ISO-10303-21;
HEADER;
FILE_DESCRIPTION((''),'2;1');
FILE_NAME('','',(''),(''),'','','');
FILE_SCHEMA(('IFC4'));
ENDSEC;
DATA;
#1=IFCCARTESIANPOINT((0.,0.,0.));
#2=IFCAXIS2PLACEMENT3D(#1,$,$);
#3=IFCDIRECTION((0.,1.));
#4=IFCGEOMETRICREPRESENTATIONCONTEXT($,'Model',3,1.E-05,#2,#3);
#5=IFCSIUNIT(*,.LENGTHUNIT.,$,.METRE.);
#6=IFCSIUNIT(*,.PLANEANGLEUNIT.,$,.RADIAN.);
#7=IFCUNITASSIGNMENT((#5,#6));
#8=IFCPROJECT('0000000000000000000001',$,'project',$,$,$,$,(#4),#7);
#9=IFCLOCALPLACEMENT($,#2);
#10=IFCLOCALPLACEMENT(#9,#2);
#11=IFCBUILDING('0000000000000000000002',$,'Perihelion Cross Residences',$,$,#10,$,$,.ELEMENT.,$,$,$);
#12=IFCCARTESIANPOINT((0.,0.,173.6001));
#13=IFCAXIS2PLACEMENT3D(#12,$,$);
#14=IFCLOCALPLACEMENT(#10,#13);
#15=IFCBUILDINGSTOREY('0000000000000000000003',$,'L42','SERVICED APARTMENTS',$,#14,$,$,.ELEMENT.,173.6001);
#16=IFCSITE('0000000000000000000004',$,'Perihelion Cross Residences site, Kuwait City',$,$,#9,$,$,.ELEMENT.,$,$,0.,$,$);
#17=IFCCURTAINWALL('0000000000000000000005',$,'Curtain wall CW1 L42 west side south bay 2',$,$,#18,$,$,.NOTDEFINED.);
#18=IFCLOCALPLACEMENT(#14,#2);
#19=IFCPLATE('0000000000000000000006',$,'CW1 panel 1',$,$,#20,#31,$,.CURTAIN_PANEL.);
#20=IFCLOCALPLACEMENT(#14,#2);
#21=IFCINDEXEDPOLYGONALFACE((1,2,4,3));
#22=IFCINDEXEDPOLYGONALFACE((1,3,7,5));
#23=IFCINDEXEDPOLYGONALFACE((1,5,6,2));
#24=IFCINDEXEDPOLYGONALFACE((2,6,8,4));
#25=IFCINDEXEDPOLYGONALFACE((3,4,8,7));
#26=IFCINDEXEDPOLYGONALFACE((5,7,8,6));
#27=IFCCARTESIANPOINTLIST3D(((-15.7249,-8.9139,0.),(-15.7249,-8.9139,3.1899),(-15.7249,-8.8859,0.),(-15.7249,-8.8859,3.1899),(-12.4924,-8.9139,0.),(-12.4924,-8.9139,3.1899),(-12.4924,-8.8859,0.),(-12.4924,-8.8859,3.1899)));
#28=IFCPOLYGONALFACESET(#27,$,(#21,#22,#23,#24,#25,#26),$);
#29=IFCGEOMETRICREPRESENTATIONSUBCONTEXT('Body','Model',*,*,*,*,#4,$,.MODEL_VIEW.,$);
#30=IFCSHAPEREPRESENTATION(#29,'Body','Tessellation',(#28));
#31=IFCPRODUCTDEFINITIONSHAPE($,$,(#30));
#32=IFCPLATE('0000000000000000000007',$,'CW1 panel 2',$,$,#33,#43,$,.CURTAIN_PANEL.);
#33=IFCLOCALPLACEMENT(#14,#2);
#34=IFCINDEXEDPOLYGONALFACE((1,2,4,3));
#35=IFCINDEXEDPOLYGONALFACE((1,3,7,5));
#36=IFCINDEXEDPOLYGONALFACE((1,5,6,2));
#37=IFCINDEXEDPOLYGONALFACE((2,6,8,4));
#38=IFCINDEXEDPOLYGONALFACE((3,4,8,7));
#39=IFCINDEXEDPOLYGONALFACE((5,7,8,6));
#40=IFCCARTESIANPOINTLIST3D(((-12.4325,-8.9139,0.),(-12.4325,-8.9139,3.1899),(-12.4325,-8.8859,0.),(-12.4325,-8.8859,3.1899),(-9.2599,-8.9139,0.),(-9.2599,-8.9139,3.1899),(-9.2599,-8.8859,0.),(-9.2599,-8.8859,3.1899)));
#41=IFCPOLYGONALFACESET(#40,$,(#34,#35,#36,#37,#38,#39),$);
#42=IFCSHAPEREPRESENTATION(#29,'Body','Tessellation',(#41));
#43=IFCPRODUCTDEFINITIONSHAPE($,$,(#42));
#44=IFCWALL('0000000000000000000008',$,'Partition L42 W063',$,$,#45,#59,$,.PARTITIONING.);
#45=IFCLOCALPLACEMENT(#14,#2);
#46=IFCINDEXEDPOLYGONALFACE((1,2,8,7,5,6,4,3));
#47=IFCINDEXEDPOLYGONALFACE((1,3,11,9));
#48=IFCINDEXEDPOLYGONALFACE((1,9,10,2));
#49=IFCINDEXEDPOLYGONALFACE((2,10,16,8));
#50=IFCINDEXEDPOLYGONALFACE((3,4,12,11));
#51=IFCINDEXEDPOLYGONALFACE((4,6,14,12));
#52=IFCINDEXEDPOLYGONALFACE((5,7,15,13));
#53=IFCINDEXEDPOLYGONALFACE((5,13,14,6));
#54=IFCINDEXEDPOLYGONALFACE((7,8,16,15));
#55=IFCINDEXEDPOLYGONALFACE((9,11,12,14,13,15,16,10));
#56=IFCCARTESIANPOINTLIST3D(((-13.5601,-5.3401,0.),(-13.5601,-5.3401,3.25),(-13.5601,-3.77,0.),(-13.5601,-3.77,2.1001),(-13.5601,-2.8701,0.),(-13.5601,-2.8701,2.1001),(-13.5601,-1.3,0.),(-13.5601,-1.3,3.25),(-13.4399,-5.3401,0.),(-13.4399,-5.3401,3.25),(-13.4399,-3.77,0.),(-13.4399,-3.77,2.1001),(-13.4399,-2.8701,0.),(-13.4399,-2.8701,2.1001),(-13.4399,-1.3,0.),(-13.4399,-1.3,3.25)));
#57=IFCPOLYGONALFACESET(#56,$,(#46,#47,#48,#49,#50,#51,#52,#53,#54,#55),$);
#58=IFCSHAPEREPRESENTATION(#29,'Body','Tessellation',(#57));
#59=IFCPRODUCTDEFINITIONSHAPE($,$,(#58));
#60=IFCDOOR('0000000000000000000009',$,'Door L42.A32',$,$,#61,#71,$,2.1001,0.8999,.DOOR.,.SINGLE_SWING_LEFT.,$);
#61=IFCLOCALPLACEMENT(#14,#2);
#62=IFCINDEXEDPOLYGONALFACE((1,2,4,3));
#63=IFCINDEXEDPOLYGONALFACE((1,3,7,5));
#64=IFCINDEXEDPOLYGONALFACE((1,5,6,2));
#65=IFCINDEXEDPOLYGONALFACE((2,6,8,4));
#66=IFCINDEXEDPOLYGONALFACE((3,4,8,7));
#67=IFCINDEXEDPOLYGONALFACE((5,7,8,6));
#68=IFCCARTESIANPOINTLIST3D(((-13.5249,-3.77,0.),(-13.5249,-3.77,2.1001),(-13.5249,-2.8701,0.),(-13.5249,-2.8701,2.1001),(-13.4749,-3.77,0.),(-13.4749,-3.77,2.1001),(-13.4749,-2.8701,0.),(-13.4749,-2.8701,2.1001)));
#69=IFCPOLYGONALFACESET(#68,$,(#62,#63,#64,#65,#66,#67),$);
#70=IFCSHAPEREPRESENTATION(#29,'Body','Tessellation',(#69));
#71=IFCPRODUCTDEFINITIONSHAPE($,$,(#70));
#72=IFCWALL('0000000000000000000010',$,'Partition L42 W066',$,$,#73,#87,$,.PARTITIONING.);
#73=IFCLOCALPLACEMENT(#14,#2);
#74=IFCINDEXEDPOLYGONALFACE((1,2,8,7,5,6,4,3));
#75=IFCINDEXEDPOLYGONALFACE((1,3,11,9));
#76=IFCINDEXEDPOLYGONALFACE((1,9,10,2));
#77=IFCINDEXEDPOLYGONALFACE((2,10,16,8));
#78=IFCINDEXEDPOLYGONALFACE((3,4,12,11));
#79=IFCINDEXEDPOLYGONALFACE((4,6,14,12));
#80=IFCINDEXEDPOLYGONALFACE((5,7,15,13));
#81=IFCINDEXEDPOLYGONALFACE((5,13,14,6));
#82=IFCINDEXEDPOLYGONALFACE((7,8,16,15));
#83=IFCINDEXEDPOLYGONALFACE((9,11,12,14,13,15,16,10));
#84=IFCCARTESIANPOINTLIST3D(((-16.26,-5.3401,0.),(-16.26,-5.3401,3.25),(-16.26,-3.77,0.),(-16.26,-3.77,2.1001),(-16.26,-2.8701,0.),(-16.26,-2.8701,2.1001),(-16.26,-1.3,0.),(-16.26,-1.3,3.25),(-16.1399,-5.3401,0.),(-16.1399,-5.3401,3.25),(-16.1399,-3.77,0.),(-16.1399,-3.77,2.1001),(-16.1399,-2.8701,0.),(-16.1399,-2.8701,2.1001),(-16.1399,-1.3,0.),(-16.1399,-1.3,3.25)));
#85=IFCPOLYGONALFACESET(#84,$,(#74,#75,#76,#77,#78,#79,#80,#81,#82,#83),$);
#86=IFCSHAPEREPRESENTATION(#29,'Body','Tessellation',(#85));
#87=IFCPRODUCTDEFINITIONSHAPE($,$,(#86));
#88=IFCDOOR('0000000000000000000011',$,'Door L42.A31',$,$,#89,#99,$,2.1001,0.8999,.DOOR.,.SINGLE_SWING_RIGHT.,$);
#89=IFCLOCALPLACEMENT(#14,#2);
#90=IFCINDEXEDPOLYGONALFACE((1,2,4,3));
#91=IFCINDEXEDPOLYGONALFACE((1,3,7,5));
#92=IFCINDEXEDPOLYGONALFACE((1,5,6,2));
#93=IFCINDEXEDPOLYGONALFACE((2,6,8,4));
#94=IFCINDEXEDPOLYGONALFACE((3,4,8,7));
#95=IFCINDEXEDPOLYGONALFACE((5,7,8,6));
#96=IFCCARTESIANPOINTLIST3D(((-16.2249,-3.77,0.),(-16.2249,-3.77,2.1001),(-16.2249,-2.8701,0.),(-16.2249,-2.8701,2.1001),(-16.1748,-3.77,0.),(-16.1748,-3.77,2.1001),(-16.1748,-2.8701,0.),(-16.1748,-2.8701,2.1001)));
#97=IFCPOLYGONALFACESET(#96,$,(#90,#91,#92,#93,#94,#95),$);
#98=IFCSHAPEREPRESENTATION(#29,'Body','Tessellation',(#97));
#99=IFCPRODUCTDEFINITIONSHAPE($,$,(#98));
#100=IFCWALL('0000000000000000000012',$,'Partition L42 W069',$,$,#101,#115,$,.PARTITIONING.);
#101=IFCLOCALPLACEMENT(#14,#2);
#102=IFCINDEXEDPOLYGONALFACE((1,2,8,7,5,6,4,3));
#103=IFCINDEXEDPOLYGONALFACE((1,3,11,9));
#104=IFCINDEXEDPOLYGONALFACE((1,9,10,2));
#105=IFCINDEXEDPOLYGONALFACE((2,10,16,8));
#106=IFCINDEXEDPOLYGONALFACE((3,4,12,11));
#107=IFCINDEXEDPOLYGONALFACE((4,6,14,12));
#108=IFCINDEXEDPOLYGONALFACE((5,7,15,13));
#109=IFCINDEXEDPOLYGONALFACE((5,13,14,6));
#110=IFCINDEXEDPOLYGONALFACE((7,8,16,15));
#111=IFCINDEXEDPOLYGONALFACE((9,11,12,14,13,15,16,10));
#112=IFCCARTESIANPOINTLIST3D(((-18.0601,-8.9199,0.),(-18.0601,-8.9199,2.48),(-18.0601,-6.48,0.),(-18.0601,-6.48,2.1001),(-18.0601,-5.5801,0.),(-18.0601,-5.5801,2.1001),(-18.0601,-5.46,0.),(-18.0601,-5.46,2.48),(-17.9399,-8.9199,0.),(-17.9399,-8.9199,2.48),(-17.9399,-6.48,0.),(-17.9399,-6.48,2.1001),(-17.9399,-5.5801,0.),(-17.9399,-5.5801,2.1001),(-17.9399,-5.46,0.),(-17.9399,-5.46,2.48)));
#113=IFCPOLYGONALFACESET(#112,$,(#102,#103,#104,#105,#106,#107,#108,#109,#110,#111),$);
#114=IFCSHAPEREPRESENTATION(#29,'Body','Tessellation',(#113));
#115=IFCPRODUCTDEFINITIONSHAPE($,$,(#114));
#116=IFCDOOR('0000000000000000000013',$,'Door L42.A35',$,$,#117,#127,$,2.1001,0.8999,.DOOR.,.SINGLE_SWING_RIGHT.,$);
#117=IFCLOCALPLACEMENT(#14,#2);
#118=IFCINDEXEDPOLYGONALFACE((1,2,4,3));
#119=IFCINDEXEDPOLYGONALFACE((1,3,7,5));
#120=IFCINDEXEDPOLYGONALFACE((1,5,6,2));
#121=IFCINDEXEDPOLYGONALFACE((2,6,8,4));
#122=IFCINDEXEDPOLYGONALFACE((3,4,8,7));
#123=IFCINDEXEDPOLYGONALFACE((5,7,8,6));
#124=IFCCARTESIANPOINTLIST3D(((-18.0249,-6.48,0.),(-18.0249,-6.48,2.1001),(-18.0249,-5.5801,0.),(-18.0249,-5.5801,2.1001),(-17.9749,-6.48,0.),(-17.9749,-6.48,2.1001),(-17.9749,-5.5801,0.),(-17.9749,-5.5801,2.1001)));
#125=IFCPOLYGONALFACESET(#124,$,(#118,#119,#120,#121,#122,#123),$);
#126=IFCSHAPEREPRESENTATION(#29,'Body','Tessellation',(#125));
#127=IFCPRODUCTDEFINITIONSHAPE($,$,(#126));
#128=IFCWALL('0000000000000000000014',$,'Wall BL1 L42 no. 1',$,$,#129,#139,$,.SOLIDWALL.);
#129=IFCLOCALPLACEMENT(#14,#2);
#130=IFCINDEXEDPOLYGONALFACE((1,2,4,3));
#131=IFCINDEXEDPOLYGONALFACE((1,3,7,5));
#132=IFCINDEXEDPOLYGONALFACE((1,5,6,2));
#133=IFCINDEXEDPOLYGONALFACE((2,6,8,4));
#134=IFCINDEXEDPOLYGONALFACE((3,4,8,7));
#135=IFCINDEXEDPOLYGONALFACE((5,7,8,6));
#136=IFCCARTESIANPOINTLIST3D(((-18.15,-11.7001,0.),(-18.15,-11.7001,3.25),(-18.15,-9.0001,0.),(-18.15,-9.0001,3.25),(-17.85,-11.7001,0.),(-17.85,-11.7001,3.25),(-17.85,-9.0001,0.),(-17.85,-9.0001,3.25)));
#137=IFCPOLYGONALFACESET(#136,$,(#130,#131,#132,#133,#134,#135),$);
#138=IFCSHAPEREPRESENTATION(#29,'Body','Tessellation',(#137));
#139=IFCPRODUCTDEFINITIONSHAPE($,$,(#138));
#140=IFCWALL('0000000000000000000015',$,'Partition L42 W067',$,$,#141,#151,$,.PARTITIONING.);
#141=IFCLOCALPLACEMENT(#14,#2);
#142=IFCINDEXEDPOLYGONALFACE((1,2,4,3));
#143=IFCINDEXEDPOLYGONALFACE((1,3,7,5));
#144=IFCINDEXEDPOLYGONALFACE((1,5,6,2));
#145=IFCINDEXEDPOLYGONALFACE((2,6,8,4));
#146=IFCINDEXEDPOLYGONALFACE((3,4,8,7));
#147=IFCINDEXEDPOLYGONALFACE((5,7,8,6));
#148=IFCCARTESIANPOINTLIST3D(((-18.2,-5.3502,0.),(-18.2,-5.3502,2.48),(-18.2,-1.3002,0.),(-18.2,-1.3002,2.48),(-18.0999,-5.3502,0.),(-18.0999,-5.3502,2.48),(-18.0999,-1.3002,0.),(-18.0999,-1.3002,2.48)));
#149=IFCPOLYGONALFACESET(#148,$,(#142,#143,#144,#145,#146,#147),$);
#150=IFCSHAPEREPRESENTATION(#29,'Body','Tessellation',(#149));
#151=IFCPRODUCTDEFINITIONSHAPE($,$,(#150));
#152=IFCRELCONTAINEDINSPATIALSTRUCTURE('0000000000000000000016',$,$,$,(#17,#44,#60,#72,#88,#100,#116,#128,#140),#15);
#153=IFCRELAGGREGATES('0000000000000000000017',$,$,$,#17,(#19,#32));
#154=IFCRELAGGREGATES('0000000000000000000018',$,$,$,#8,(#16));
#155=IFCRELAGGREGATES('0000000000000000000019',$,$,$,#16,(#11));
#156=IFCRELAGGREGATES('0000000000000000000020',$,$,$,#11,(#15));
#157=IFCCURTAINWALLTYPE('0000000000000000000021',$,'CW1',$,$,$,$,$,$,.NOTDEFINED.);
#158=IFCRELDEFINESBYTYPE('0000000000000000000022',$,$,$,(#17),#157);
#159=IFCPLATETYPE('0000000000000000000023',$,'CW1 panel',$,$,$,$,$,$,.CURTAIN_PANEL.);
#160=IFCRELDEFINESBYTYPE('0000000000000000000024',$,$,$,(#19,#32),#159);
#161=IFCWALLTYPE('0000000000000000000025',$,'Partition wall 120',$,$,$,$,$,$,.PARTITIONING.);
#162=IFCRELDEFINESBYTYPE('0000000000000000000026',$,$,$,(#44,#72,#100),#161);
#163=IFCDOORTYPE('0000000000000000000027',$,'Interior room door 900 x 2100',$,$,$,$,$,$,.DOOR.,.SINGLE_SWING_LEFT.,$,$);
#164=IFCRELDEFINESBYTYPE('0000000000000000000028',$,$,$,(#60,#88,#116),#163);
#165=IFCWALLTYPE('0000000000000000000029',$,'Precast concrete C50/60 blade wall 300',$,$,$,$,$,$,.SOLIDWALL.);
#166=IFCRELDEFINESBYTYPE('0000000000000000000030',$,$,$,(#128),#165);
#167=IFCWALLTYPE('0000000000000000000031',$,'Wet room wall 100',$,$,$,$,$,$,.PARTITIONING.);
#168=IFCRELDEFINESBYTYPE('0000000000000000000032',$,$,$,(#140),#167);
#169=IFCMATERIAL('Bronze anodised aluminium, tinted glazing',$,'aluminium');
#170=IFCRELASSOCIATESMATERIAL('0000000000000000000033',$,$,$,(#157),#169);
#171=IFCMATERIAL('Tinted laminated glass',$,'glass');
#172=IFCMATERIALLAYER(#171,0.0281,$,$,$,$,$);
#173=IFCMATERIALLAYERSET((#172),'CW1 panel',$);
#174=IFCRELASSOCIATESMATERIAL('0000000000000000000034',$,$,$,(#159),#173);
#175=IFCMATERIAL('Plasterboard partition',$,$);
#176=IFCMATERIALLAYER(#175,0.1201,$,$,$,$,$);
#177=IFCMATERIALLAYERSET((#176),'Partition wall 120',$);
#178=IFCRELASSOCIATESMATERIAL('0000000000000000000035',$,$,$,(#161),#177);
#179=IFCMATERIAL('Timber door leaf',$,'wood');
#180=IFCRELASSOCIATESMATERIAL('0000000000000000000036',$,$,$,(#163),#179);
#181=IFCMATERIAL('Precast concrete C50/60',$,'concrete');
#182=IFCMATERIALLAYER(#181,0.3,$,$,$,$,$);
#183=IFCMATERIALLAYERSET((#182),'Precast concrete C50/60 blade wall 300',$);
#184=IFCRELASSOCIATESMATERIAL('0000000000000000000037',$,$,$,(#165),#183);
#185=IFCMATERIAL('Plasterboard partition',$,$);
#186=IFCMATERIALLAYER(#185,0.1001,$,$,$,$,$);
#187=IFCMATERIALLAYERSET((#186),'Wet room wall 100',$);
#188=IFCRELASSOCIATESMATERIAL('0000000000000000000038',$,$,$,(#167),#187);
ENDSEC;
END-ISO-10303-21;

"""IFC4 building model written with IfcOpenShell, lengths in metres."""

from ifc_helpers import new_model, si_unit, direction, frame, frame_2d, origin, origin_2d, place, context, subcontext, project, spatial, rectangle, extrude, material, layer, layer_set, type_object, element, fill, aggregate, save


model = new_model("IFC4")

# Units and contexts
model_context = context("Model", 3, precision=1e-05, world=origin(), true_north=direction((0.0, 1.0)))
body_context = subcontext(model_context, "Body", "Model", "MODEL_VIEW")
ifc_project = project(units=[si_unit("LENGTHUNIT", "METRE"), si_unit("PLANEANGLEUNIT", "RADIAN")], contexts=[model_context])

# Site, building, storey
site_placement = place(None, origin())
site = spatial("IfcSite", under=ifc_project, at=site_placement, Name="Perihelion Cross Residences site, Kuwait City", CompositionType="ELEMENT", RefElevation=0.0)
building_placement = place(site_placement, origin())
building = spatial("IfcBuilding", under=site, at=building_placement, Name="Perihelion Cross Residences", CompositionType="ELEMENT")
storey_placement = place(building_placement, frame((0.0, 0.0, 173.6001)))
storey = spatial("IfcBuildingStorey", under=building, at=storey_placement, Name="L42", Description="SERVICED APARTMENTS", CompositionType="ELEMENT", Elevation=173.6001)

# Curtain wall
ifc_material_1 = material(Name="Bronze anodised aluminium, tinted glazing", Category="aluminium")
curtain_wall_type = type_object("IfcCurtainWallType", Name="CW1", PredefinedType="NOTDEFINED", material=ifc_material_1)
curtain_wall_placement = place(storey_placement, origin())
curtain_wall = element("IfcCurtainWall", 1, at=curtain_wall_placement, inside=storey, type_object=curtain_wall_type, Name="Curtain wall CW1 L42 west side south bay 2", PredefinedType="NOTDEFINED")

# Plates
ifc_material_2 = material(Name="Tinted laminated glass", Category="glass")
ifc_layer_1 = layer(ifc_material_2, 0.0281)
ifc_layer_set_1 = layer_set([ifc_layer_1], Name="CW1 panel")
plate_type = type_object("IfcPlateType", Name="CW1 panel", PredefinedType="CURTAIN_PANEL", material=ifc_layer_set_1)
plate_1_placement = place(storey_placement, frame((-14.1086, -8.8999, 0.0), z_axis=(0.0, 0.0, 1.0), x_axis=(1.0, 0.0, 0.0)))
plate_1 = element("IfcPlate", 2, at=plate_1_placement, type_object=plate_type, Name="CW1 panel 1", PredefinedType="CURTAIN_PANEL", context=body_context, shape_type="SweptSolid", body=[
    extrude(rectangle(XDim=3.2324, YDim=0.0281, at=origin_2d()), origin(), (0.0, 0.0, 1.0), 3.1899),
])
plate_2_placement = place(storey_placement, frame((-10.8462, -8.8999, 0.0), z_axis=(0.0, 0.0, 1.0), x_axis=(1.0, 0.0, 0.0)))
plate_2 = element("IfcPlate", 3, at=plate_2_placement, type_object=plate_type, Name="CW1 panel 2", PredefinedType="CURTAIN_PANEL", context=body_context, shape_type="SweptSolid", body=[
    extrude(rectangle(XDim=3.1726, YDim=0.0281, at=origin_2d()), origin(), (0.0, 0.0, 1.0), 3.1899),
])
aggregate(curtain_wall, [plate_1, plate_2])

# Walls, openings, doors
ifc_material_3 = material(Name="Plasterboard partition")
ifc_layer_2 = layer(ifc_material_3, 0.1201)
ifc_layer_set_2 = layer_set([ifc_layer_2], Name="Partition wall 120")
wall_type_1 = type_object("IfcWallType", Name="Partition wall 120", PredefinedType="PARTITIONING", material=ifc_layer_set_2)
wall_1_placement = place(storey_placement, frame((-13.5, -5.3401, 0.0), z_axis=(0.0, 0.0, 1.0), x_axis=(0.0, 1.0, 0.0)))
wall_1 = element("IfcWall", 4, at=wall_1_placement, inside=storey, type_object=wall_type_1, Name="Partition L42 W063", PredefinedType="PARTITIONING", context=body_context, shape_type="SweptSolid", body=[
    extrude(rectangle(XDim=4.04, YDim=0.1201, at=frame_2d((2.02, 0.0))), origin(), (0.0, 0.0, 1.0), 3.25),
])
opening_1_placement = place(wall_1_placement, frame((1.5701, 0.0, 0.0)))
opening_1 = element("IfcOpeningElement", 5, at=opening_1_placement, cuts=wall_1, PredefinedType="OPENING", context=body_context, shape_type="SweptSolid", body=[
    extrude(rectangle(XDim=0.8999, YDim=2.1001, at=frame_2d((0.45, 1.05))), frame((0.0, 0.0701, 0.0), z_axis=(0.0, -1.0, 0.0), x_axis=(1.0, 0.0, 0.0)), (0.0, 0.0, 1.0), 0.1401),
])
ifc_material_4 = material(Name="Timber door leaf", Category="wood")
door_type_1 = type_object("IfcDoorType", Name="Interior room door 900 x 2100", OperationType="SINGLE_SWING_LEFT", PredefinedType="DOOR", material=ifc_material_4)
door_1_placement = place(opening_1_placement, origin())
door_1 = element("IfcDoor", 6, at=door_1_placement, inside=storey, type_object=door_type_1, Name="Door L42.A32", OperationType="SINGLE_SWING_LEFT", OverallHeight=2.1001, OverallWidth=0.8999, PredefinedType="DOOR", context=body_context, shape_type="SweptSolid", body=[
    extrude(rectangle(XDim=0.8999, YDim=2.1001, at=frame_2d((0.45, 1.05))), frame((0.0, 0.0249, 0.0), z_axis=(0.0, -1.0, 0.0), x_axis=(1.0, 0.0, 0.0)), (0.0, 0.0, 1.0), 0.05),
])
fill(opening_1, door_1)
wall_2_placement = place(storey_placement, frame((-16.2, -5.3401, 0.0), z_axis=(0.0, 0.0, 1.0), x_axis=(0.0, 1.0, 0.0)))
wall_2 = element("IfcWall", 7, at=wall_2_placement, inside=storey, type_object=wall_type_1, Name="Partition L42 W066", PredefinedType="PARTITIONING", context=body_context, shape_type="SweptSolid", body=[
    extrude(rectangle(XDim=4.04, YDim=0.1201, at=frame_2d((2.02, 0.0))), origin(), (0.0, 0.0, 1.0), 3.25),
])
opening_2_placement = place(wall_2_placement, frame((1.5701, 0.0, 0.0)))
opening_2 = element("IfcOpeningElement", 8, at=opening_2_placement, cuts=wall_2, PredefinedType="OPENING", context=body_context, shape_type="SweptSolid", body=[
    extrude(rectangle(XDim=0.8999, YDim=2.1001, at=frame_2d((0.45, 1.05))), frame((0.0, 0.0701, 0.0), z_axis=(0.0, -1.0, 0.0), x_axis=(1.0, 0.0, 0.0)), (0.0, 0.0, 1.0), 0.1401),
])
door_2_placement = place(opening_2_placement, origin())
door_2 = element("IfcDoor", 9, at=door_2_placement, inside=storey, type_object=door_type_1, Name="Door L42.A31", OperationType="SINGLE_SWING_RIGHT", OverallHeight=2.1001, OverallWidth=0.8999, PredefinedType="DOOR", context=body_context, shape_type="SweptSolid", body=[
    extrude(rectangle(XDim=0.8999, YDim=2.1001, at=frame_2d((0.45, 1.05))), frame((0.0, 0.0249, 0.0), z_axis=(0.0, -1.0, 0.0), x_axis=(1.0, 0.0, 0.0)), (0.0, 0.0, 1.0), 0.05),
])
fill(opening_2, door_2)
wall_3_placement = place(storey_placement, frame((-18.0, -8.9199, 0.0), z_axis=(0.0, 0.0, 1.0), x_axis=(0.0, 1.0, 0.0)))
wall_3 = element("IfcWall", 10, at=wall_3_placement, inside=storey, type_object=wall_type_1, Name="Partition L42 W069", PredefinedType="PARTITIONING", context=body_context, shape_type="SweptSolid", body=[
    extrude(rectangle(XDim=3.46, YDim=0.1201, at=frame_2d((1.73, 0.0))), origin(), (0.0, 0.0, 1.0), 2.48),
])
opening_3_placement = place(wall_3_placement, frame((2.4399, 0.0, 0.0)))
opening_3 = element("IfcOpeningElement", 11, at=opening_3_placement, cuts=wall_3, PredefinedType="OPENING", context=body_context, shape_type="SweptSolid", body=[
    extrude(rectangle(XDim=0.8999, YDim=2.1001, at=frame_2d((0.45, 1.05))), frame((0.0, 0.0701, 0.0), z_axis=(0.0, -1.0, 0.0), x_axis=(1.0, 0.0, 0.0)), (0.0, 0.0, 1.0), 0.1401),
])
door_3_placement = place(opening_3_placement, origin())
door_3 = element("IfcDoor", 12, at=door_3_placement, inside=storey, type_object=door_type_1, Name="Door L42.A35", OperationType="SINGLE_SWING_RIGHT", OverallHeight=2.1001, OverallWidth=0.8999, PredefinedType="DOOR", context=body_context, shape_type="SweptSolid", body=[
    extrude(rectangle(XDim=0.8999, YDim=2.1001, at=frame_2d((0.45, 1.05))), frame((0.0, 0.0249, 0.0), z_axis=(0.0, -1.0, 0.0), x_axis=(1.0, 0.0, 0.0)), (0.0, 0.0, 1.0), 0.05),
])
fill(opening_3, door_3)

# Walls
ifc_material_5 = material(Name="Precast concrete C50/60", Category="concrete")
ifc_layer_3 = layer(ifc_material_5, 0.3)
ifc_layer_set_3 = layer_set([ifc_layer_3], Name="Precast concrete C50/60 blade wall 300")
wall_type_2 = type_object("IfcWallType", Name="Precast concrete C50/60 blade wall 300", PredefinedType="SOLIDWALL", material=ifc_layer_set_3)
wall_4_placement = place(storey_placement, frame((-18.0, -9.0, 0.0), z_axis=(0.0, 0.0, 1.0), x_axis=(0.0, -1.0, 0.0)))
element("IfcWall", 13, at=wall_4_placement, inside=storey, type_object=wall_type_2, Name="Wall BL1 L42 no. 1", PredefinedType="SOLIDWALL", context=body_context, shape_type="SweptSolid", body=[
    extrude(rectangle(XDim=2.7, YDim=0.3, at=frame_2d((1.3501, 0.0))), origin(), (0.0, 0.0, 1.0), 3.25),
])
ifc_material_6 = material(Name="Plasterboard partition")
ifc_layer_4 = layer(ifc_material_6, 0.1001)
ifc_layer_set_4 = layer_set([ifc_layer_4], Name="Wet room wall 100")
wall_type_3 = type_object("IfcWallType", Name="Wet room wall 100", PredefinedType="PARTITIONING", material=ifc_layer_set_4)
wall_5_placement = place(storey_placement, frame((-18.1499, -5.3501, 0.0), z_axis=(0.0, 0.0, 1.0), x_axis=(0.0, 1.0, 0.0)))
element("IfcWall", 14, at=wall_5_placement, inside=storey, type_object=wall_type_3, Name="Partition L42 W067", PredefinedType="PARTITIONING", context=body_context, shape_type="SweptSolid", body=[
    extrude(rectangle(XDim=4.05, YDim=0.1001, at=frame_2d((2.0249, 0.0))), origin(), (0.0, 0.0, 1.0), 2.48),
])

save(model, "model.ifc")
